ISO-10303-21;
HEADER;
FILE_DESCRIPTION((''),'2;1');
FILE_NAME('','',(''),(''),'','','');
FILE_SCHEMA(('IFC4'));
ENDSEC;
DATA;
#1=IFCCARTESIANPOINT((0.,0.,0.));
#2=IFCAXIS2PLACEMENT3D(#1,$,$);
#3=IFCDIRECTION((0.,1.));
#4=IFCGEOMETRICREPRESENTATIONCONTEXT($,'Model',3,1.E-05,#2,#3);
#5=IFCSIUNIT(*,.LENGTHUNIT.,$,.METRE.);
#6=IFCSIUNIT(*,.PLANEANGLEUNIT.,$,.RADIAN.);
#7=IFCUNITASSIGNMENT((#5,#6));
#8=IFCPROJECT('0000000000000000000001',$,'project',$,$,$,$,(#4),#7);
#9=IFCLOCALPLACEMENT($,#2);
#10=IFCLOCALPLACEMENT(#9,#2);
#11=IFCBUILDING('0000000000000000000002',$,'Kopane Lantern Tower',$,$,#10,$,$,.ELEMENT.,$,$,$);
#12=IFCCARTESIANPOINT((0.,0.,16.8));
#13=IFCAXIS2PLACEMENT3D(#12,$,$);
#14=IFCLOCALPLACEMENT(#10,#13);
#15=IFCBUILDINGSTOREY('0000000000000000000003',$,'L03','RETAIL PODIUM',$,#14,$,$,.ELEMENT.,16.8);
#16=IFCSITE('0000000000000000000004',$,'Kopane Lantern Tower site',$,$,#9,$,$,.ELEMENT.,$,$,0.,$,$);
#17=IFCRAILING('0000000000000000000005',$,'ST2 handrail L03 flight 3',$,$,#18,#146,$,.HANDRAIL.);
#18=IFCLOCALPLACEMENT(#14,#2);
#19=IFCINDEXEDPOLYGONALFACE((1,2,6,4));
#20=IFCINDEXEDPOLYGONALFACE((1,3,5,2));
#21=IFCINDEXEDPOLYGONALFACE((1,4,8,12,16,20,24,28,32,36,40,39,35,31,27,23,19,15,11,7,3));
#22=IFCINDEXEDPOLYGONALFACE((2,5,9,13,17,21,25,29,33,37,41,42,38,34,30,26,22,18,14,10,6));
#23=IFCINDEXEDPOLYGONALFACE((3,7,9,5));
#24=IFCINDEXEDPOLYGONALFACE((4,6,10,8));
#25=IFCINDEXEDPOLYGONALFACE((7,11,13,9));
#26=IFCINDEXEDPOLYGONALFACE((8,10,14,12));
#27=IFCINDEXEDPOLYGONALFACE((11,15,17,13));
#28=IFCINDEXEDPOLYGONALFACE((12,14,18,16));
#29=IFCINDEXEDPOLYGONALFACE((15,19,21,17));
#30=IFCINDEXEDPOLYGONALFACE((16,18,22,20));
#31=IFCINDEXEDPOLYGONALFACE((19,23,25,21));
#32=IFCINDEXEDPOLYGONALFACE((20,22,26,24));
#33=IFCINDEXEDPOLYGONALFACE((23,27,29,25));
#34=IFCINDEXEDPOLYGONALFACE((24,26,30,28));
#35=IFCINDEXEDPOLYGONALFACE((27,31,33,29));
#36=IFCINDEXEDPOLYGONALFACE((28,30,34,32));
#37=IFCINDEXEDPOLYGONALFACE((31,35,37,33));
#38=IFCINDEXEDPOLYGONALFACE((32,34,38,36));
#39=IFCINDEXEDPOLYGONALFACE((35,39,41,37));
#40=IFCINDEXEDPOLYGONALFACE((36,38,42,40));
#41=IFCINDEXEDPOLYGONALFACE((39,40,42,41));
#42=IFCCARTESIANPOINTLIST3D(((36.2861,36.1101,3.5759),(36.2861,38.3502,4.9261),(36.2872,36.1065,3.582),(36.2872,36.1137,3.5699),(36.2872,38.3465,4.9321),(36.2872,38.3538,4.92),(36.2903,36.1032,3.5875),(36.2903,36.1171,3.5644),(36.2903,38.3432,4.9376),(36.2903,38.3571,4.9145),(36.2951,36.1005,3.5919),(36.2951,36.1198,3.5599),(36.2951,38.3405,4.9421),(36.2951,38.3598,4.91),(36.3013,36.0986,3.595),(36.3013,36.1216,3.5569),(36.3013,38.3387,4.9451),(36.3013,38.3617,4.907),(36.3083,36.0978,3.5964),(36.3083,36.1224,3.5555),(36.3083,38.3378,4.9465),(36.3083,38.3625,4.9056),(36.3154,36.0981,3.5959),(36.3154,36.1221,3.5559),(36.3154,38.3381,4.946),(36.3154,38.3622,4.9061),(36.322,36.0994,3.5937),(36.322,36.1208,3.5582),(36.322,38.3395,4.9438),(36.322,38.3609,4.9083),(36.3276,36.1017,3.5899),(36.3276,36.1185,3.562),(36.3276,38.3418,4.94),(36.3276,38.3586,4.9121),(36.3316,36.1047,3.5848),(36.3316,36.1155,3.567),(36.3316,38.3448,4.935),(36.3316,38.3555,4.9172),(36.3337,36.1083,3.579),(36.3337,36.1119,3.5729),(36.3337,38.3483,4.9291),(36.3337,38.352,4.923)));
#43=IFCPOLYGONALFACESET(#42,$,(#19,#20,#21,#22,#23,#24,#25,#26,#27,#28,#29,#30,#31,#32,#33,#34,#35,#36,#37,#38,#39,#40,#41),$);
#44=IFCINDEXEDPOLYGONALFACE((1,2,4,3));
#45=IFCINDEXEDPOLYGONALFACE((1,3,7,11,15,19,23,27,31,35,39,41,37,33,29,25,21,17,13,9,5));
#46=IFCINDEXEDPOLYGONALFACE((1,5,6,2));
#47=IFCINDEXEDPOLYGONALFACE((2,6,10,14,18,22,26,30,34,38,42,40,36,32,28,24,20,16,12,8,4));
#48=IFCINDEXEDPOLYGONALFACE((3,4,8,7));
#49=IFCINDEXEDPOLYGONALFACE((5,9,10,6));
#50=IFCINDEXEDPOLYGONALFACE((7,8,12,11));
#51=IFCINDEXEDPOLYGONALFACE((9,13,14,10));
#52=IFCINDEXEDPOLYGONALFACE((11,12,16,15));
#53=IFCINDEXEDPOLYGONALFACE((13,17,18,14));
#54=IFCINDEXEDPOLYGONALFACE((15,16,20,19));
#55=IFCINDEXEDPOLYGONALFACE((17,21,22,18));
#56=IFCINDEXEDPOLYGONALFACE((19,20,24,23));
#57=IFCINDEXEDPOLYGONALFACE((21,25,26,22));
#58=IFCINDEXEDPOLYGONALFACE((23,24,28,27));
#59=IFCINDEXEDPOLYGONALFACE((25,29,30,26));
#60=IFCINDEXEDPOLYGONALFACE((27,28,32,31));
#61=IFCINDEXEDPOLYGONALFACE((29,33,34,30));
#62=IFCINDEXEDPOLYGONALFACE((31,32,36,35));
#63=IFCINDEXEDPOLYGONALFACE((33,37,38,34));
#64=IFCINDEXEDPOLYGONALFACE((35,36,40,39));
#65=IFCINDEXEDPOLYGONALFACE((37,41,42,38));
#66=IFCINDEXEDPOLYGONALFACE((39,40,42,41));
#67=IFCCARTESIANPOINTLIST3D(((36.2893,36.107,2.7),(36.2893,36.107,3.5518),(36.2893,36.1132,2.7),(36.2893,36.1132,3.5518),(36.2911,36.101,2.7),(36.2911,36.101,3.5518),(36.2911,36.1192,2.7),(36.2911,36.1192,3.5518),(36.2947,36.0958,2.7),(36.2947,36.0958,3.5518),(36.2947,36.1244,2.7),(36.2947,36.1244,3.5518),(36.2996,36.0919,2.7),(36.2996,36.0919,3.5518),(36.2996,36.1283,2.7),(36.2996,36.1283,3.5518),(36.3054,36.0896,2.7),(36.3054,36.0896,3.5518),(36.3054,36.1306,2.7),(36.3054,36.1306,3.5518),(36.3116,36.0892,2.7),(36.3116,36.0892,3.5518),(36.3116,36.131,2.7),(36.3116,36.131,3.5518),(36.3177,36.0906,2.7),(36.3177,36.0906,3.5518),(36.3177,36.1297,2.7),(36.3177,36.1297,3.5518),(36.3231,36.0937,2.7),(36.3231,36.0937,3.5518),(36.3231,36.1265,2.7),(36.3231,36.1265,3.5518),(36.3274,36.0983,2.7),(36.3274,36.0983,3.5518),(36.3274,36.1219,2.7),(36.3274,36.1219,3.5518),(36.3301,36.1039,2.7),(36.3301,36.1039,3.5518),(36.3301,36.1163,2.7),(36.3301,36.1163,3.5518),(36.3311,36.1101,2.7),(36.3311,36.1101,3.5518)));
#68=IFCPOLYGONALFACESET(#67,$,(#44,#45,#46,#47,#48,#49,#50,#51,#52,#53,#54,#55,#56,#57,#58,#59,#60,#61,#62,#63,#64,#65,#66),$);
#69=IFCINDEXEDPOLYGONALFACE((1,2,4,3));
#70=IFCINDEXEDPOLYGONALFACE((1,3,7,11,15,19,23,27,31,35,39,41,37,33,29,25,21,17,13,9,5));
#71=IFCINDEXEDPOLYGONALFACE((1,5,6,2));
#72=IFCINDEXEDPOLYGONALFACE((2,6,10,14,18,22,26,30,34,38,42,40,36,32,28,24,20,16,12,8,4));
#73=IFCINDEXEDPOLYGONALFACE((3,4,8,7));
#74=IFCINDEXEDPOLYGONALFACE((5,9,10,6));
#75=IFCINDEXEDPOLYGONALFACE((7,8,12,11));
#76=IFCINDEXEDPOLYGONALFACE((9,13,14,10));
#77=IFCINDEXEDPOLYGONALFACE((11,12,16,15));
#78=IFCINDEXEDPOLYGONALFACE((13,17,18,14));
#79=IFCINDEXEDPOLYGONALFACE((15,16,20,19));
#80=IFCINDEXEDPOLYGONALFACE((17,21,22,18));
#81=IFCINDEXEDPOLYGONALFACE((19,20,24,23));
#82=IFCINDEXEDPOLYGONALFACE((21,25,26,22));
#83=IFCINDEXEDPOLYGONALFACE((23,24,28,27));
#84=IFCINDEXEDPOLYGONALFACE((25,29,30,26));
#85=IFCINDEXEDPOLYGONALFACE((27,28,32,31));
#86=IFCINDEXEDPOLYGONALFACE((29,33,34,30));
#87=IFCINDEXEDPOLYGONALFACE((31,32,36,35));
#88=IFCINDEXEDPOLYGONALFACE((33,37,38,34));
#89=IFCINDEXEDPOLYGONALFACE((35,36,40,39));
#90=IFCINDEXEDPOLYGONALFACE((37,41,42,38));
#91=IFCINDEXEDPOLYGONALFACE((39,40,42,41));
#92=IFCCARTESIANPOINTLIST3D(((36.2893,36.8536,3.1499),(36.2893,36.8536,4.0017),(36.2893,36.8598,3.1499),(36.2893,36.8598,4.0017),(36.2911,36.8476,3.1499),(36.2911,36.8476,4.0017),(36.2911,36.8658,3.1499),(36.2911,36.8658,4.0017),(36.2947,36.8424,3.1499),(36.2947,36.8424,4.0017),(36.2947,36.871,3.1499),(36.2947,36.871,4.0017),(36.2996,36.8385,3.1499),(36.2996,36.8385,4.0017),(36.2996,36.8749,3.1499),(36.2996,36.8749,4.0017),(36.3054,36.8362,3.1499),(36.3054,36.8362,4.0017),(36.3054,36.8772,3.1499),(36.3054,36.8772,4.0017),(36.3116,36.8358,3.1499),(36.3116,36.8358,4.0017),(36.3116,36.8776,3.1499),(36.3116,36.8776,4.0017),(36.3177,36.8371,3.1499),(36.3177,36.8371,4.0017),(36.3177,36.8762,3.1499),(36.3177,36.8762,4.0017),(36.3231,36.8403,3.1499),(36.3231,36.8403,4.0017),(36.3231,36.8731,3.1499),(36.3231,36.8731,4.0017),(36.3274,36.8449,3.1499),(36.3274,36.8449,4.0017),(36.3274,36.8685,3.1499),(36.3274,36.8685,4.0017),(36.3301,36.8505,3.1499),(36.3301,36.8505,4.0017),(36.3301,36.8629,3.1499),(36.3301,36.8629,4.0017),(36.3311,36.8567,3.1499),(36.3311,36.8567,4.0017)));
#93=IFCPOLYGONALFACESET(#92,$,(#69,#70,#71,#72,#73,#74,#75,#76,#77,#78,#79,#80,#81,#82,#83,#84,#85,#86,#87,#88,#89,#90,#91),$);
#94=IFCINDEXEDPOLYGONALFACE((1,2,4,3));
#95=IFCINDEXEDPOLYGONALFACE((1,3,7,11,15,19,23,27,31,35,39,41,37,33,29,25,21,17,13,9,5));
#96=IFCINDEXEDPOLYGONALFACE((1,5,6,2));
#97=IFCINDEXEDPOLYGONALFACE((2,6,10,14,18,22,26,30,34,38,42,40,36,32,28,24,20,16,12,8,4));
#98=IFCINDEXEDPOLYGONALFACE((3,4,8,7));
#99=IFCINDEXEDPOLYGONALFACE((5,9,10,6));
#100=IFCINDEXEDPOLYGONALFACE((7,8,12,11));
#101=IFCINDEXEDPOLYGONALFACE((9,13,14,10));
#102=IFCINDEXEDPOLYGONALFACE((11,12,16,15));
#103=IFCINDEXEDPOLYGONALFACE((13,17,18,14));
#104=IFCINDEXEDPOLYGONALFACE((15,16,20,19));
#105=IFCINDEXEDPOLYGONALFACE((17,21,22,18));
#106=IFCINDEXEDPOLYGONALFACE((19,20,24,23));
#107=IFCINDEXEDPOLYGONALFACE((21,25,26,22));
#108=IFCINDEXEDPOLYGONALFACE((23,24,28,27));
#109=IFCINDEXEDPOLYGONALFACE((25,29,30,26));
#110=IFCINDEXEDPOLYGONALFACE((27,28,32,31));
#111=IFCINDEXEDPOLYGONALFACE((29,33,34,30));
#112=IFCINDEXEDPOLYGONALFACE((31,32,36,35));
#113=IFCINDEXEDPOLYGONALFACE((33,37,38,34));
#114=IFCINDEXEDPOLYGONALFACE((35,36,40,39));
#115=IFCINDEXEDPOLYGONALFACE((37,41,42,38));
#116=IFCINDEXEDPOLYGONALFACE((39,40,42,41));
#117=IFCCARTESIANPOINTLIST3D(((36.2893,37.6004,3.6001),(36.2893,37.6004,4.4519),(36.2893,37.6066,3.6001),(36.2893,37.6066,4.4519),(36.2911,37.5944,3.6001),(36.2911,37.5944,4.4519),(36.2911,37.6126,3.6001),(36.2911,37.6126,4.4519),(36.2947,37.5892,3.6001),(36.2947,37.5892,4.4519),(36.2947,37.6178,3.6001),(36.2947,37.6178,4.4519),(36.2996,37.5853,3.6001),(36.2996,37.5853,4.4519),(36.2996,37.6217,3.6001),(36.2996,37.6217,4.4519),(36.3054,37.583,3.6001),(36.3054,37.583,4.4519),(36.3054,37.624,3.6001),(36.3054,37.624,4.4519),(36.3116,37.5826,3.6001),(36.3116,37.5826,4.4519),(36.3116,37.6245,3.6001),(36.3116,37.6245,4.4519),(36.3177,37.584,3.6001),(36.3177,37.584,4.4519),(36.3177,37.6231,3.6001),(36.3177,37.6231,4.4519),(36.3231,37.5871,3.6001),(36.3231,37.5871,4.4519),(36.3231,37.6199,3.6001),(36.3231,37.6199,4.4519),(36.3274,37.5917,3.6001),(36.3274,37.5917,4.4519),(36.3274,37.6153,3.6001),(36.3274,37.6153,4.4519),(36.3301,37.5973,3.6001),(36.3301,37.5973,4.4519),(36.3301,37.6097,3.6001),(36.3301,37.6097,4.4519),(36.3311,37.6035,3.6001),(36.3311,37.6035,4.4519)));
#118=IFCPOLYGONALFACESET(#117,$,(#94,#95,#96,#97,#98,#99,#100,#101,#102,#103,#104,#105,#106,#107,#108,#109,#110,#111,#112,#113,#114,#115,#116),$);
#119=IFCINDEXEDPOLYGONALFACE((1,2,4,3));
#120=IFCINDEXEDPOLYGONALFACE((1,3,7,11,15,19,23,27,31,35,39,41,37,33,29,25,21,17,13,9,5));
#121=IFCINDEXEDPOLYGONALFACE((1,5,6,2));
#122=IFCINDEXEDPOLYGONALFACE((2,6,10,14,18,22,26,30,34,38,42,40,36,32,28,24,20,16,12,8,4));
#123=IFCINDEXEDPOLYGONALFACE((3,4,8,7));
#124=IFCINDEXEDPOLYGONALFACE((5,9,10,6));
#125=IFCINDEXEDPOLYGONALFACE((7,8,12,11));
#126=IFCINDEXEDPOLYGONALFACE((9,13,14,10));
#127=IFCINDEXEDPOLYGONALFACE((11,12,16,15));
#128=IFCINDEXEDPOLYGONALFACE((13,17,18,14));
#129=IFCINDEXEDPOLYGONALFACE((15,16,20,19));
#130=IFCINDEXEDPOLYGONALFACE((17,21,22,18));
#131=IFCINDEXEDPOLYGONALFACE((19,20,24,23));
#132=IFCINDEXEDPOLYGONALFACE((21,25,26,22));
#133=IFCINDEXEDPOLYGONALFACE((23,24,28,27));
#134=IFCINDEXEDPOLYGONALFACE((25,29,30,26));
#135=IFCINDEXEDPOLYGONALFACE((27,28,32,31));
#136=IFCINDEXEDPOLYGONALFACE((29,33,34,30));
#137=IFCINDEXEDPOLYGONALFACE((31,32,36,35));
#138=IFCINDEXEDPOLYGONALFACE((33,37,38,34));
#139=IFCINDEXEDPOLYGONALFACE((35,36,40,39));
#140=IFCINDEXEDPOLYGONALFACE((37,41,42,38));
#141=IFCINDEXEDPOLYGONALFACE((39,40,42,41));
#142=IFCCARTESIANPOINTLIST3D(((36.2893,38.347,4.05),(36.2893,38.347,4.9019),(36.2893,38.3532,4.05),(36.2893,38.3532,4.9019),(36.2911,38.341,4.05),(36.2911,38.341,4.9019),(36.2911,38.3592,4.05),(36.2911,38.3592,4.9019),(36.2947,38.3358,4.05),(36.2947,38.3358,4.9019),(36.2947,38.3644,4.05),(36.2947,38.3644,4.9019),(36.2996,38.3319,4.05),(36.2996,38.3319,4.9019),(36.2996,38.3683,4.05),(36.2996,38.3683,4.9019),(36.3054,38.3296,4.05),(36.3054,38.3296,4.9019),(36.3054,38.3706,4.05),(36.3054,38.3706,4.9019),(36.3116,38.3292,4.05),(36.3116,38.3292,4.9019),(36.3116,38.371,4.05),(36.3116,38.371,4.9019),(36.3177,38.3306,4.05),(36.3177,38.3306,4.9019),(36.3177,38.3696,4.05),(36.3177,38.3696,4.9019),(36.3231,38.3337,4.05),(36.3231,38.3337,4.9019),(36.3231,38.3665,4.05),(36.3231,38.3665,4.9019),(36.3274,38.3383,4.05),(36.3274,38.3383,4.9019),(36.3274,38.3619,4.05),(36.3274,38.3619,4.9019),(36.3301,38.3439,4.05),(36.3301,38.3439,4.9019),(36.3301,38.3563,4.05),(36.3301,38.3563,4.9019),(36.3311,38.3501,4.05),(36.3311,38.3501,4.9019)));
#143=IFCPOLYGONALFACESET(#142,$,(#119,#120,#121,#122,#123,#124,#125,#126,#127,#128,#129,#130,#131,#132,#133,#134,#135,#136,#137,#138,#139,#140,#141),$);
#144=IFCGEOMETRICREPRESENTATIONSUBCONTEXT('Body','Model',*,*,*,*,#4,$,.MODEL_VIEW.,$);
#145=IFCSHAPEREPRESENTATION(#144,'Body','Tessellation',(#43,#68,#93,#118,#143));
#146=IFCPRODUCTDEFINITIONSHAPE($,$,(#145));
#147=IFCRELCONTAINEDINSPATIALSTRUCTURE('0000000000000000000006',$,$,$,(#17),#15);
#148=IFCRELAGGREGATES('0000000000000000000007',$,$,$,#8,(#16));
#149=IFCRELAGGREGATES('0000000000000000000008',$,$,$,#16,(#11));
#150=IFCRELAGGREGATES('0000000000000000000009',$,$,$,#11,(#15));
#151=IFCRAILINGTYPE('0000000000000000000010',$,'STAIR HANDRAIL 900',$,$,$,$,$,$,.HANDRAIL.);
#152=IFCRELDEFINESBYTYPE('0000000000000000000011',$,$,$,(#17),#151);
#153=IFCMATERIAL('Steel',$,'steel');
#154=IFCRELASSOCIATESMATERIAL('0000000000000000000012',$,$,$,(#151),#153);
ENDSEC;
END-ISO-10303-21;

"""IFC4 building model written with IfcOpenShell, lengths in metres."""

from ifc_helpers import new_model, si_unit, direction, frame, origin, origin_2d, place, context, subcontext, project, spatial, circle, extrude, material, type_object, element, save


model = new_model("IFC4")

# Units and contexts
model_context = context("Model", 3, precision=1e-05, world=origin(), true_north=direction((0.0, 1.0)))
body_context = subcontext(model_context, "Body", "Model", "MODEL_VIEW")
ifc_project = project(units=[si_unit("LENGTHUNIT", "METRE"), si_unit("PLANEANGLEUNIT", "RADIAN")], contexts=[model_context])

# Site, building, storey
site_placement = place(None, origin())
site = spatial("IfcSite", under=ifc_project, at=site_placement, Name="Kopane Lantern Tower site", CompositionType="ELEMENT", RefElevation=0.0)
building_placement = place(site_placement, origin())
building = spatial("IfcBuilding", under=site, at=building_placement, Name="Kopane Lantern Tower", CompositionType="ELEMENT")
storey_placement = place(building_placement, frame((0.0, 0.0, 16.8)))
storey = spatial("IfcBuildingStorey", under=building, at=storey_placement, Name="L03", Description="RETAIL PODIUM", CompositionType="ELEMENT", Elevation=16.8)

# Railing
ifc_material_1 = material(Name="Steel", Category="steel")
railing_type_1 = type_object("IfcRailingType", Name="STAIR HANDRAIL 900", PredefinedType="HANDRAIL", material=ifc_material_1)
for number, where, name in (
    (1, (36.3101, 36.1101, 2.7), "ST2 handrail L03 flight 3"),
):
    element("IfcRailing", number, at=place(storey_placement, frame(where)), inside=storey, type_object=railing_type_1, Name=name, PredefinedType="HANDRAIL", context=body_context, shape_type="SweptSolid", body=[
        extrude(circle(Radius=0.0239, at=origin_2d()), frame((0.0, 0.0, 0.876), z_axis=(0.0, 0.856462, 0.516211), x_axis=(-1.0, 0.0, 0.0)), (0.0, 0.0, 1.0), 2.6155),
        extrude(circle(Radius=0.021, at=origin_2d()), origin(), (0.0, 0.0, 1.0), 0.8518),
        extrude(circle(Radius=0.021, at=origin_2d()), frame((0.0, 0.7466, 0.45)), (0.0, 0.0, 1.0), 0.8518),
        extrude(circle(Radius=0.021, at=origin_2d()), frame((0.0, 1.4934, 0.9001)), (0.0, 0.0, 1.0), 0.8518),
        extrude(circle(Radius=0.021, at=origin_2d()), frame((0.0, 2.24, 1.3501)), (0.0, 0.0, 1.0), 0.8518),
    ])

save(model, "model.ifc")
